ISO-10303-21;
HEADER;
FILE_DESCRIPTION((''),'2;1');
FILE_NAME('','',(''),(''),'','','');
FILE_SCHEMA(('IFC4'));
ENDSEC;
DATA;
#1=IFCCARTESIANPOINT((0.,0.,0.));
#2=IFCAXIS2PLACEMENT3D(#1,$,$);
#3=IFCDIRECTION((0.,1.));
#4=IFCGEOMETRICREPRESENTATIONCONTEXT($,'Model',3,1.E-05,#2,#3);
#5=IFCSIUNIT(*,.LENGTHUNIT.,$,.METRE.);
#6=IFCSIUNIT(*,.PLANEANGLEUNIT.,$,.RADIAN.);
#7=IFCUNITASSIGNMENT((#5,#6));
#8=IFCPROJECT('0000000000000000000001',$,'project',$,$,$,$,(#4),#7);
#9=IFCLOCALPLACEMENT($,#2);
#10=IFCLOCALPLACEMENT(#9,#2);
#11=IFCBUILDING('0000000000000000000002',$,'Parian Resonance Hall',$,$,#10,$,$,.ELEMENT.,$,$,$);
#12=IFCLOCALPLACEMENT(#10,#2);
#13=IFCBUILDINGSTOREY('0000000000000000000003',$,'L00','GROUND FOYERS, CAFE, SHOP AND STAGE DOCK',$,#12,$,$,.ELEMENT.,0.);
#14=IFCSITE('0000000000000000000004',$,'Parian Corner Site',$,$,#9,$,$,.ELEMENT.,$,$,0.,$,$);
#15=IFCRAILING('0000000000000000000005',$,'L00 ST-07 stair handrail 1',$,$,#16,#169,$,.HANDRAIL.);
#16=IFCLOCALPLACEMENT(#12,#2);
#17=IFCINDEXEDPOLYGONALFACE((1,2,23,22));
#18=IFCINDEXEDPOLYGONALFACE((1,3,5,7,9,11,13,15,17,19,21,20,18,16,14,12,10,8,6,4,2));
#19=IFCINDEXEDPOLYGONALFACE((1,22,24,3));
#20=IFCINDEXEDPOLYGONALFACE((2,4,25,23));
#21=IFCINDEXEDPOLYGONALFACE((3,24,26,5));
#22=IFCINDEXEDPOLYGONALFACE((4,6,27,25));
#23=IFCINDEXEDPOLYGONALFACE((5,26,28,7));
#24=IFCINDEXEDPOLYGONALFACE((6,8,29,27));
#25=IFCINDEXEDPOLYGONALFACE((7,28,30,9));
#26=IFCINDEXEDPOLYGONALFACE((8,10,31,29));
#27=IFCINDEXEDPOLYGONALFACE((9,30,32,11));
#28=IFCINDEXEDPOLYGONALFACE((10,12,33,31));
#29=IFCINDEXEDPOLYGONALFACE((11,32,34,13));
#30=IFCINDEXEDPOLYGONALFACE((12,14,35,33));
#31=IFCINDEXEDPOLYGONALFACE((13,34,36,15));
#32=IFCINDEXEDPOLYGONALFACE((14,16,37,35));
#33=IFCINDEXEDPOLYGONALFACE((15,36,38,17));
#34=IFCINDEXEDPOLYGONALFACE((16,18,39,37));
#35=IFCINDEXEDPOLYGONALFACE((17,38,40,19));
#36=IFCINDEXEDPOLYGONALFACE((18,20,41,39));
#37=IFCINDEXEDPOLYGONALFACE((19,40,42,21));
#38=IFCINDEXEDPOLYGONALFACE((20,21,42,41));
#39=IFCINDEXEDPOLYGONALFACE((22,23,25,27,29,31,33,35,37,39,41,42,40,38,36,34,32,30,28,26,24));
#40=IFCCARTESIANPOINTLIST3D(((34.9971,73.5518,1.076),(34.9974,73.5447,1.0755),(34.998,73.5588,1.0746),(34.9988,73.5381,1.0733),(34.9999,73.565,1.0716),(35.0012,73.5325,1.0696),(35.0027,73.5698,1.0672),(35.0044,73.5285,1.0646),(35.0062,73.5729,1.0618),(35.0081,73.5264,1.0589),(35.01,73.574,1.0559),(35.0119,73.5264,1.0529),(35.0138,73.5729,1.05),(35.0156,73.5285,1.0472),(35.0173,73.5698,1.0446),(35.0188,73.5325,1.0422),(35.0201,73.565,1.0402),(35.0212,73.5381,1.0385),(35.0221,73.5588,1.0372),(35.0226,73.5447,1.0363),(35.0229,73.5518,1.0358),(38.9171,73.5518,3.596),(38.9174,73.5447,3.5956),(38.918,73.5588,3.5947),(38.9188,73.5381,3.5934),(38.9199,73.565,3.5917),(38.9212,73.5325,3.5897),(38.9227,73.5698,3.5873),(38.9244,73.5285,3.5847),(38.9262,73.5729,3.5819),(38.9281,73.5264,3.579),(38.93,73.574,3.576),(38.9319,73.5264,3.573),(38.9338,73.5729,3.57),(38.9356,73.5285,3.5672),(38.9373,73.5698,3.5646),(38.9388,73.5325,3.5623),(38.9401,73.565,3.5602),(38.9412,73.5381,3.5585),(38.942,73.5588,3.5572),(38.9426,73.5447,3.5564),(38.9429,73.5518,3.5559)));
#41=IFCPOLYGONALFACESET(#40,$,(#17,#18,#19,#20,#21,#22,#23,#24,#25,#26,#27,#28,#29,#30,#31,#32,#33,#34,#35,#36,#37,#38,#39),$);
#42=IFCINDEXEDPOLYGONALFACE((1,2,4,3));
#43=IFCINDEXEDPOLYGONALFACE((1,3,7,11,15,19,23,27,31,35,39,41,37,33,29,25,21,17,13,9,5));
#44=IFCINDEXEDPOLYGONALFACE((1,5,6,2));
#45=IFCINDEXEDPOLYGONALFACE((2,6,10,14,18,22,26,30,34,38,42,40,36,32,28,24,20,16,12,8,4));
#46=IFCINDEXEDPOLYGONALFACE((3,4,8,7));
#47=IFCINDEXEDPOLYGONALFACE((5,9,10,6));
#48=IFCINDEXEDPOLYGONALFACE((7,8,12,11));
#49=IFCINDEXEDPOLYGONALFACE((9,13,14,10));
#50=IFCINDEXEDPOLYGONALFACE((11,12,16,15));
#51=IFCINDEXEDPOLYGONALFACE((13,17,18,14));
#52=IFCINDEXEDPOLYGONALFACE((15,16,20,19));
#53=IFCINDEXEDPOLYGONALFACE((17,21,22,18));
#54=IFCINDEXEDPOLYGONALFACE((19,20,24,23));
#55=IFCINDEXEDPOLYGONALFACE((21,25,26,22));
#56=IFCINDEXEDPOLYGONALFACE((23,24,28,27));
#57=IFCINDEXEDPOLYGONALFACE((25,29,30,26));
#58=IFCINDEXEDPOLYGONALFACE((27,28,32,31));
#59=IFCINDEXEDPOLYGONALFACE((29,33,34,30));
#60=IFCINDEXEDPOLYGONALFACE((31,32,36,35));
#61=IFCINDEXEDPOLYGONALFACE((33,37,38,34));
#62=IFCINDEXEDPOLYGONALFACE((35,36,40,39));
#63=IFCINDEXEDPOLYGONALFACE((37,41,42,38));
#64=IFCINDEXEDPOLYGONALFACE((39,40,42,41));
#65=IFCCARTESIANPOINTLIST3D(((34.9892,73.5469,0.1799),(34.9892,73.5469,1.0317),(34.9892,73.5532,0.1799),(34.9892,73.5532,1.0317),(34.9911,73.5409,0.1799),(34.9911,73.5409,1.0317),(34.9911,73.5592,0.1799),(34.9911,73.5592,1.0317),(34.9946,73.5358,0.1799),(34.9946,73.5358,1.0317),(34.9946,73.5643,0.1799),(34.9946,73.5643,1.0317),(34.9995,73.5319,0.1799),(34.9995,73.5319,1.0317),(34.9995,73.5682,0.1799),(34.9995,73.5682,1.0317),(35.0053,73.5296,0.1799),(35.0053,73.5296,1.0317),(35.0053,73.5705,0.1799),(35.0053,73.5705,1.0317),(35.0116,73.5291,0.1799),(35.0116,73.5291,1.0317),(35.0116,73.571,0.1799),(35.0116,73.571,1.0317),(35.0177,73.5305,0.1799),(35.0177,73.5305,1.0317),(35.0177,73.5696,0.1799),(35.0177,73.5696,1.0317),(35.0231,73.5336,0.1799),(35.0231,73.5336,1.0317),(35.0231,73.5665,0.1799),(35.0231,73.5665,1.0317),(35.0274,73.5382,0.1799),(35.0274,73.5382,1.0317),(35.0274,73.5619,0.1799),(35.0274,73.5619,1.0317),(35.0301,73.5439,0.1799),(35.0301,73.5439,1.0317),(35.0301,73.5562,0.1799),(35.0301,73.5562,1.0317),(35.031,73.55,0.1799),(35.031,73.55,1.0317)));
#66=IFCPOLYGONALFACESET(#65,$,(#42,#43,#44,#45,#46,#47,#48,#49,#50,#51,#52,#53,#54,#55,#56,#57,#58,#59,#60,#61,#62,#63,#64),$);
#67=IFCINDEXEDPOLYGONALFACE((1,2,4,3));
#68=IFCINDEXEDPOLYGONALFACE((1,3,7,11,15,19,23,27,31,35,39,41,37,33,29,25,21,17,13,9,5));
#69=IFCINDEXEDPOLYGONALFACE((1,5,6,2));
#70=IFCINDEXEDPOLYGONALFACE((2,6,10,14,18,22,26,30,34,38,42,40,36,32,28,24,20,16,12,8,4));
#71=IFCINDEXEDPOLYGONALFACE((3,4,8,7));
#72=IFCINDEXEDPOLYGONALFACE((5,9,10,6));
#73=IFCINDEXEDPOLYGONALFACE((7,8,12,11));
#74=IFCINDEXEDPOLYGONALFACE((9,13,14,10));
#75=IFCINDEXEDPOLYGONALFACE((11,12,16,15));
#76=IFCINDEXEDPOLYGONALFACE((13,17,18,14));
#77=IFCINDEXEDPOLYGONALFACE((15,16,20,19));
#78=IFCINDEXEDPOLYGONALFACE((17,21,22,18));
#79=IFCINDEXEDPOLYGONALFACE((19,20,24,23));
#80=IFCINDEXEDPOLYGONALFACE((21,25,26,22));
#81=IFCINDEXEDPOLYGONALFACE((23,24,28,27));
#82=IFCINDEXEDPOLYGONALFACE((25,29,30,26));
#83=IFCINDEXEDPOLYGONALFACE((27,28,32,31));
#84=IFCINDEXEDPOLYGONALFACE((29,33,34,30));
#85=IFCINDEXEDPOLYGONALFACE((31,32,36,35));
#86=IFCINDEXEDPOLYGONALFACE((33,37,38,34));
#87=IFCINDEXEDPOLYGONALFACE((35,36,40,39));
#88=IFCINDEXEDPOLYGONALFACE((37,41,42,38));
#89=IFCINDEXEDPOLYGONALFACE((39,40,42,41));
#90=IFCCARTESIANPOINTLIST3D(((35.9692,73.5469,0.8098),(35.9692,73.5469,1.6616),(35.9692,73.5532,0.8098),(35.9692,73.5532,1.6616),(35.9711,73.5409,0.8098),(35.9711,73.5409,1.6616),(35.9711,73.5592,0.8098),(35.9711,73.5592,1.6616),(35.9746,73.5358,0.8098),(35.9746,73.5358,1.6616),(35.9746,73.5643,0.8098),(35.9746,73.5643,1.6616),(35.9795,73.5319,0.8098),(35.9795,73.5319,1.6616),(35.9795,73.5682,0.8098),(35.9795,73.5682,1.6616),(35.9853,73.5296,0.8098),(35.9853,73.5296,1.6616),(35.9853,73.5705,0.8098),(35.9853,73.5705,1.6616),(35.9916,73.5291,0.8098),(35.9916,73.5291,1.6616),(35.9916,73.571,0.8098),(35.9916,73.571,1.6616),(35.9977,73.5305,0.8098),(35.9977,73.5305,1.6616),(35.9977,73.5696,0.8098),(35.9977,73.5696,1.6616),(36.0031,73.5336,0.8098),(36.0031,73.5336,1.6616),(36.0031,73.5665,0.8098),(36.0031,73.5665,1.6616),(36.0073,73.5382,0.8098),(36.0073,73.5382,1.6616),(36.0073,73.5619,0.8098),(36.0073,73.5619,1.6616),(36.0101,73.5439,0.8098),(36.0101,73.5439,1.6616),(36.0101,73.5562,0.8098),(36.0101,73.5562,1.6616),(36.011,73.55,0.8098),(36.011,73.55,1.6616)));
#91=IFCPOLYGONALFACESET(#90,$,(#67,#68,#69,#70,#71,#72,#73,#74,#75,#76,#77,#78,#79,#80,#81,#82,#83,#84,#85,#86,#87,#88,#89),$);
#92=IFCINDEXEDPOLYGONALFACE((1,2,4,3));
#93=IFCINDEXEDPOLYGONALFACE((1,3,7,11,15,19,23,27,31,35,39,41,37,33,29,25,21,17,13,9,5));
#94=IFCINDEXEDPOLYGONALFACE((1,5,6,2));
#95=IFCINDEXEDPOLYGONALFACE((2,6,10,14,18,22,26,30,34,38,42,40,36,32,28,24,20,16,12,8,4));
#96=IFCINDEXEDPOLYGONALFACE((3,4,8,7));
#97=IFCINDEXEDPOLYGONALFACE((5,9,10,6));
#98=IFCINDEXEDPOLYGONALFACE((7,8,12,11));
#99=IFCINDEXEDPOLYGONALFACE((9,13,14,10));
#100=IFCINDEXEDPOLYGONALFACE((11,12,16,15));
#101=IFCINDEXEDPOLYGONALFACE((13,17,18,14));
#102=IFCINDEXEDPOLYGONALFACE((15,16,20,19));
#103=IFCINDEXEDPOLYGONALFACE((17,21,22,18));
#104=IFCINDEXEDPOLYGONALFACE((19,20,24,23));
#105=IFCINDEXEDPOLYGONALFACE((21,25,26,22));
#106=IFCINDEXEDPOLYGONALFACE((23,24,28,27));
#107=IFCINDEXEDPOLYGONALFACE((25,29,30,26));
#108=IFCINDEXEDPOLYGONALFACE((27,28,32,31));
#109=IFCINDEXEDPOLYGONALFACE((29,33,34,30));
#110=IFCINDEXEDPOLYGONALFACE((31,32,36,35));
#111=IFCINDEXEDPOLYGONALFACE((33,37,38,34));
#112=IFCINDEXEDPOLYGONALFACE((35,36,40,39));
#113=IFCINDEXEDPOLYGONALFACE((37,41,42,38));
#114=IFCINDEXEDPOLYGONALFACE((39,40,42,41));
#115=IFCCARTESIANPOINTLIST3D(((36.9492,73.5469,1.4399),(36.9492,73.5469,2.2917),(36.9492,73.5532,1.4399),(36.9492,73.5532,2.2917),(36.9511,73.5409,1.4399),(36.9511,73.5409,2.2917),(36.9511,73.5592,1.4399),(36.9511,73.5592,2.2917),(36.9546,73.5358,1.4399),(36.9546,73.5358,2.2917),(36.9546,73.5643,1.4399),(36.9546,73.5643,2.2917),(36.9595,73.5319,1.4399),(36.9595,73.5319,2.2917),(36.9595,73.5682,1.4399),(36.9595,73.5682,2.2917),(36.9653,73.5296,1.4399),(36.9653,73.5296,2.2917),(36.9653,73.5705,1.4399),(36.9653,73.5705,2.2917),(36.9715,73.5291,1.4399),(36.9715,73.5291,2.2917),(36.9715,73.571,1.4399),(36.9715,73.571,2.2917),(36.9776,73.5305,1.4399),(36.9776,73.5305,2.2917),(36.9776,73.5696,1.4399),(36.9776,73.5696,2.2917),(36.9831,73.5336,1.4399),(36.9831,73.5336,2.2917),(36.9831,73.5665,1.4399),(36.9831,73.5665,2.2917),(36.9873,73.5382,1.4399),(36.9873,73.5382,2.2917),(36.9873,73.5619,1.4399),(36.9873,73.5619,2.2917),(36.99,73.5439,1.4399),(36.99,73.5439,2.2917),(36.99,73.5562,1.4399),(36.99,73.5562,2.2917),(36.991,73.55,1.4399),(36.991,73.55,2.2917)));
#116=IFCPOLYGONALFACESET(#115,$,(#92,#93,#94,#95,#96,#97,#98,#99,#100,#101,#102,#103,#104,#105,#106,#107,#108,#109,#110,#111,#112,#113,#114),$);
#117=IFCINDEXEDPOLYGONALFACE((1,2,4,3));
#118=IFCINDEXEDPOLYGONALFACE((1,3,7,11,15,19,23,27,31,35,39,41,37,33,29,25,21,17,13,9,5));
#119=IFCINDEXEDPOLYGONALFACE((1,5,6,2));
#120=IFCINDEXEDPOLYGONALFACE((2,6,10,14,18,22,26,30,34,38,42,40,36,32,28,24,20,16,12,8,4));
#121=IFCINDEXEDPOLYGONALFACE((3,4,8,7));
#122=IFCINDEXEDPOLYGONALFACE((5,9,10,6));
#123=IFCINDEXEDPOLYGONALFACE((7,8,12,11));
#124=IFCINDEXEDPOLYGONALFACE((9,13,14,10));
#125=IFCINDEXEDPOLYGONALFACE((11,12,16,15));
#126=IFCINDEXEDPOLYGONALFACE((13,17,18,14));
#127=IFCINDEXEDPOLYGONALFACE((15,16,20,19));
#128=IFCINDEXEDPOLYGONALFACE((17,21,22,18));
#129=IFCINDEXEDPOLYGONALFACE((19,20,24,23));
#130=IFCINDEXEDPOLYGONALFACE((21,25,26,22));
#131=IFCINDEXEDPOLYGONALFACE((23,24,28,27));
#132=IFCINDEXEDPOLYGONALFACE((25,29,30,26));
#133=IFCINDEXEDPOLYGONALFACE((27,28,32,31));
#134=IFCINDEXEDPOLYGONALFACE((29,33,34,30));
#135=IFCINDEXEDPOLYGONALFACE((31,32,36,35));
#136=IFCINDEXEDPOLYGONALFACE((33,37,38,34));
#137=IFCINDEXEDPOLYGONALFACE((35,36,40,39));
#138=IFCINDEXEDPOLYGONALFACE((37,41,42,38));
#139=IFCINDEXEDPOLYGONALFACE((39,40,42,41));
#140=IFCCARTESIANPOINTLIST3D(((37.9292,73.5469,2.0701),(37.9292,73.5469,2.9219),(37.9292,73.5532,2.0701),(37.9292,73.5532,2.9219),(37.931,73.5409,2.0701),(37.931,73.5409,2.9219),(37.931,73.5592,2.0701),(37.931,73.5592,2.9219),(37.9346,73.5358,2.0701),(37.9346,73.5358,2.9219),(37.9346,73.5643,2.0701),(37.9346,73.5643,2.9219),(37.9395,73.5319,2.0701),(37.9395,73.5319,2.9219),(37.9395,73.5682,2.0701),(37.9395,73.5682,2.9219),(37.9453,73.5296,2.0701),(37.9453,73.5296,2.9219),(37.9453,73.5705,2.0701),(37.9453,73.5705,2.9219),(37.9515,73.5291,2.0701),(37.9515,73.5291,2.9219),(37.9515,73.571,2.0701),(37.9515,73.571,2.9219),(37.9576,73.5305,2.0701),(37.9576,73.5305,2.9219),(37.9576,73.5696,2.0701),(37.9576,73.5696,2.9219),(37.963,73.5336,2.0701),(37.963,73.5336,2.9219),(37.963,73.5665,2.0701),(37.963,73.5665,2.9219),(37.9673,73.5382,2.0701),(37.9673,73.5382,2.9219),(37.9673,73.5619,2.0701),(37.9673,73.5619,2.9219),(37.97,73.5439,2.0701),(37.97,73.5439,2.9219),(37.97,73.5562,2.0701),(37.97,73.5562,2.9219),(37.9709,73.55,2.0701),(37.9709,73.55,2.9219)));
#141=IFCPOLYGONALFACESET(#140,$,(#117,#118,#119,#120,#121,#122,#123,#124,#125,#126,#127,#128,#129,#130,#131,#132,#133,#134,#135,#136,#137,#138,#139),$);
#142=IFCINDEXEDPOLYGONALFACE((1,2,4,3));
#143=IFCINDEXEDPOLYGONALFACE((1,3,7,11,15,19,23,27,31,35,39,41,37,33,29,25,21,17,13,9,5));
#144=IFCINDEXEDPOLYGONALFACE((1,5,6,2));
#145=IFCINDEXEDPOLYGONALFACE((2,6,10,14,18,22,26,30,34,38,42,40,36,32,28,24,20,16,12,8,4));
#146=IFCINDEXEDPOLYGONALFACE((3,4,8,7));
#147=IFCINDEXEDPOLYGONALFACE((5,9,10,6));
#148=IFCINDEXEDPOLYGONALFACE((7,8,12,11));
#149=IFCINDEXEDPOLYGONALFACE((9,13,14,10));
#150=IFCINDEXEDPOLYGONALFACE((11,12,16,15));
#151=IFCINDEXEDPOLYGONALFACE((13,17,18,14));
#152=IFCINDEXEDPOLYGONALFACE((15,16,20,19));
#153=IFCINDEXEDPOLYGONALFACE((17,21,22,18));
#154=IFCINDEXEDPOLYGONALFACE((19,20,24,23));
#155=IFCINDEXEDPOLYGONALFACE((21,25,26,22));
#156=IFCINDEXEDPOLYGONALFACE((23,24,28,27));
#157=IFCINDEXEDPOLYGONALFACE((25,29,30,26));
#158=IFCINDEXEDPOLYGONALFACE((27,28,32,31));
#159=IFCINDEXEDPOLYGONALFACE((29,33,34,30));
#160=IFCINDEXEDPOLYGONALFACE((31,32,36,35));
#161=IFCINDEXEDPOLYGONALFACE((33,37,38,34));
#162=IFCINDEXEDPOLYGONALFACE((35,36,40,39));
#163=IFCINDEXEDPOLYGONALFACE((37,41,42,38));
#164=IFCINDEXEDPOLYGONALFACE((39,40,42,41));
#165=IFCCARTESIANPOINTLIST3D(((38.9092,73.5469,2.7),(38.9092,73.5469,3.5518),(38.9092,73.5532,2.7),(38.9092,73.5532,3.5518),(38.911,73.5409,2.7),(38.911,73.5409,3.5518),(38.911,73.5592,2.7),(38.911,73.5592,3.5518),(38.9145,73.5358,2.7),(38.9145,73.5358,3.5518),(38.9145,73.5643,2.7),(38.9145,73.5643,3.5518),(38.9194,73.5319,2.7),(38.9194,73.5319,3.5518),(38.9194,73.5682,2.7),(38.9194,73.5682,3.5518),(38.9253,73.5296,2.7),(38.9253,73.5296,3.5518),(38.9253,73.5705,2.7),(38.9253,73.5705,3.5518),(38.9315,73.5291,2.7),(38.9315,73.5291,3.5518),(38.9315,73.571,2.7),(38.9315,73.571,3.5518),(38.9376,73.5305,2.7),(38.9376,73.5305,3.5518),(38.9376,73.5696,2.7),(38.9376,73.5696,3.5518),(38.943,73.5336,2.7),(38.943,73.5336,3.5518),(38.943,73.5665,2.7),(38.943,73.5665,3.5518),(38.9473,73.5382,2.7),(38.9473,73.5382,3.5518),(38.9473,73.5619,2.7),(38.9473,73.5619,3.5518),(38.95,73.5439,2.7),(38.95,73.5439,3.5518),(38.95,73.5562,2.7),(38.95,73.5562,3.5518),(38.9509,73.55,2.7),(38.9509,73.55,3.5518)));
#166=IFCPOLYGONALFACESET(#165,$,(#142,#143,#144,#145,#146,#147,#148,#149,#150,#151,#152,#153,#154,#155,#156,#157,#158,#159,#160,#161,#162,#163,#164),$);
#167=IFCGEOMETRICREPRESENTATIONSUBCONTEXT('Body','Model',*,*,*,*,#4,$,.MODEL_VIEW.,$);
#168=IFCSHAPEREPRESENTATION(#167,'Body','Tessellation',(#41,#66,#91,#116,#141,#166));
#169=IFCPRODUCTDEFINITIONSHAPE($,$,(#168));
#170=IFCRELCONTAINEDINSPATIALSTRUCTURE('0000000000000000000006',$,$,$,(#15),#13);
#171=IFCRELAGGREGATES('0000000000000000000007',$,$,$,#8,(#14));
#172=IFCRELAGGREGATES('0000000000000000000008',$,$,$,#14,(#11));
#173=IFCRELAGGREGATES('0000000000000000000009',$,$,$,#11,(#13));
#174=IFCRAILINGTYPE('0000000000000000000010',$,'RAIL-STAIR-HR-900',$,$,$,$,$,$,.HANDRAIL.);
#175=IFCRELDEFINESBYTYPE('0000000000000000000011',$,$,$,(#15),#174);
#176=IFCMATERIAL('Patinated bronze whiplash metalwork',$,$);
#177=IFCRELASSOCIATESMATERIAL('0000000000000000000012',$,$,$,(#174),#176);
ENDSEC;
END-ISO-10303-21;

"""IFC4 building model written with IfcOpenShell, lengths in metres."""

from ifc_helpers import new_model, si_unit, direction, frame, origin, origin_2d, place, context, subcontext, project, spatial, circle, extrude, material, type_object, element, save


model = new_model("IFC4")

# Units and contexts
model_context = context("Model", 3, precision=1e-05, world=origin(), true_north=direction((0.0, 1.0)))
body_context = subcontext(model_context, "Body", "Model", "MODEL_VIEW")
ifc_project = project(units=[si_unit("LENGTHUNIT", "METRE"), si_unit("PLANEANGLEUNIT", "RADIAN")], contexts=[model_context])

# Site, building, storey
site_placement = place(None, origin())
site = spatial("IfcSite", under=ifc_project, at=site_placement, Name="Parian Corner Site", CompositionType="ELEMENT", RefElevation=0.0)
building_placement = place(site_placement, origin())
building = spatial("IfcBuilding", under=site, at=building_placement, Name="Parian Resonance Hall", CompositionType="ELEMENT")
storey_placement = place(building_placement, origin())
storey = spatial("IfcBuildingStorey", under=building, at=storey_placement, Name="L00", Description="GROUND FOYERS, CAFE, SHOP AND STAGE DOCK", CompositionType="ELEMENT", Elevation=0.0)

# Railing
ifc_material_1 = material(Name="Patinated bronze whiplash metalwork")
railing_type_1 = type_object("IfcRailingType", Name="RAIL-STAIR-HR-900", PredefinedType="HANDRAIL", material=ifc_material_1)
railing_1_placement = place(storey_placement, frame((35.01, 73.55, 0.1799)))
element("IfcRailing", 1, at=railing_1_placement, inside=storey, type_object=railing_type_1, Name="L00 ST-07 stair handrail 1", PredefinedType="HANDRAIL", context=body_context, shape_type="SweptSolid", body=[
    extrude(circle(Radius=0.0239, at=origin_2d()), frame((0.0, 0.0, 0.876), z_axis=(0.841172, 0.0, 0.540768), x_axis=(0.0, 1.0, 0.0)), (0.0, 0.0, 1.0), 4.6602),
    extrude(circle(Radius=0.021, at=origin_2d()), origin(), (0.0, 0.0, 1.0), 0.8518),
    extrude(circle(Radius=0.021, at=origin_2d()), frame((0.98, 0.0, 0.6299)), (0.0, 0.0, 1.0), 0.8518),
    extrude(circle(Radius=0.021, at=origin_2d()), frame((1.96, 0.0, 1.26)), (0.0, 0.0, 1.0), 0.8518),
    extrude(circle(Radius=0.021, at=origin_2d()), frame((2.9399, 0.0, 1.8901)), (0.0, 0.0, 1.0), 0.8518),
    extrude(circle(Radius=0.021, at=origin_2d()), frame((3.9199, 0.0, 2.52)), (0.0, 0.0, 1.0), 0.8518),
])

save(model, "model.ifc")
